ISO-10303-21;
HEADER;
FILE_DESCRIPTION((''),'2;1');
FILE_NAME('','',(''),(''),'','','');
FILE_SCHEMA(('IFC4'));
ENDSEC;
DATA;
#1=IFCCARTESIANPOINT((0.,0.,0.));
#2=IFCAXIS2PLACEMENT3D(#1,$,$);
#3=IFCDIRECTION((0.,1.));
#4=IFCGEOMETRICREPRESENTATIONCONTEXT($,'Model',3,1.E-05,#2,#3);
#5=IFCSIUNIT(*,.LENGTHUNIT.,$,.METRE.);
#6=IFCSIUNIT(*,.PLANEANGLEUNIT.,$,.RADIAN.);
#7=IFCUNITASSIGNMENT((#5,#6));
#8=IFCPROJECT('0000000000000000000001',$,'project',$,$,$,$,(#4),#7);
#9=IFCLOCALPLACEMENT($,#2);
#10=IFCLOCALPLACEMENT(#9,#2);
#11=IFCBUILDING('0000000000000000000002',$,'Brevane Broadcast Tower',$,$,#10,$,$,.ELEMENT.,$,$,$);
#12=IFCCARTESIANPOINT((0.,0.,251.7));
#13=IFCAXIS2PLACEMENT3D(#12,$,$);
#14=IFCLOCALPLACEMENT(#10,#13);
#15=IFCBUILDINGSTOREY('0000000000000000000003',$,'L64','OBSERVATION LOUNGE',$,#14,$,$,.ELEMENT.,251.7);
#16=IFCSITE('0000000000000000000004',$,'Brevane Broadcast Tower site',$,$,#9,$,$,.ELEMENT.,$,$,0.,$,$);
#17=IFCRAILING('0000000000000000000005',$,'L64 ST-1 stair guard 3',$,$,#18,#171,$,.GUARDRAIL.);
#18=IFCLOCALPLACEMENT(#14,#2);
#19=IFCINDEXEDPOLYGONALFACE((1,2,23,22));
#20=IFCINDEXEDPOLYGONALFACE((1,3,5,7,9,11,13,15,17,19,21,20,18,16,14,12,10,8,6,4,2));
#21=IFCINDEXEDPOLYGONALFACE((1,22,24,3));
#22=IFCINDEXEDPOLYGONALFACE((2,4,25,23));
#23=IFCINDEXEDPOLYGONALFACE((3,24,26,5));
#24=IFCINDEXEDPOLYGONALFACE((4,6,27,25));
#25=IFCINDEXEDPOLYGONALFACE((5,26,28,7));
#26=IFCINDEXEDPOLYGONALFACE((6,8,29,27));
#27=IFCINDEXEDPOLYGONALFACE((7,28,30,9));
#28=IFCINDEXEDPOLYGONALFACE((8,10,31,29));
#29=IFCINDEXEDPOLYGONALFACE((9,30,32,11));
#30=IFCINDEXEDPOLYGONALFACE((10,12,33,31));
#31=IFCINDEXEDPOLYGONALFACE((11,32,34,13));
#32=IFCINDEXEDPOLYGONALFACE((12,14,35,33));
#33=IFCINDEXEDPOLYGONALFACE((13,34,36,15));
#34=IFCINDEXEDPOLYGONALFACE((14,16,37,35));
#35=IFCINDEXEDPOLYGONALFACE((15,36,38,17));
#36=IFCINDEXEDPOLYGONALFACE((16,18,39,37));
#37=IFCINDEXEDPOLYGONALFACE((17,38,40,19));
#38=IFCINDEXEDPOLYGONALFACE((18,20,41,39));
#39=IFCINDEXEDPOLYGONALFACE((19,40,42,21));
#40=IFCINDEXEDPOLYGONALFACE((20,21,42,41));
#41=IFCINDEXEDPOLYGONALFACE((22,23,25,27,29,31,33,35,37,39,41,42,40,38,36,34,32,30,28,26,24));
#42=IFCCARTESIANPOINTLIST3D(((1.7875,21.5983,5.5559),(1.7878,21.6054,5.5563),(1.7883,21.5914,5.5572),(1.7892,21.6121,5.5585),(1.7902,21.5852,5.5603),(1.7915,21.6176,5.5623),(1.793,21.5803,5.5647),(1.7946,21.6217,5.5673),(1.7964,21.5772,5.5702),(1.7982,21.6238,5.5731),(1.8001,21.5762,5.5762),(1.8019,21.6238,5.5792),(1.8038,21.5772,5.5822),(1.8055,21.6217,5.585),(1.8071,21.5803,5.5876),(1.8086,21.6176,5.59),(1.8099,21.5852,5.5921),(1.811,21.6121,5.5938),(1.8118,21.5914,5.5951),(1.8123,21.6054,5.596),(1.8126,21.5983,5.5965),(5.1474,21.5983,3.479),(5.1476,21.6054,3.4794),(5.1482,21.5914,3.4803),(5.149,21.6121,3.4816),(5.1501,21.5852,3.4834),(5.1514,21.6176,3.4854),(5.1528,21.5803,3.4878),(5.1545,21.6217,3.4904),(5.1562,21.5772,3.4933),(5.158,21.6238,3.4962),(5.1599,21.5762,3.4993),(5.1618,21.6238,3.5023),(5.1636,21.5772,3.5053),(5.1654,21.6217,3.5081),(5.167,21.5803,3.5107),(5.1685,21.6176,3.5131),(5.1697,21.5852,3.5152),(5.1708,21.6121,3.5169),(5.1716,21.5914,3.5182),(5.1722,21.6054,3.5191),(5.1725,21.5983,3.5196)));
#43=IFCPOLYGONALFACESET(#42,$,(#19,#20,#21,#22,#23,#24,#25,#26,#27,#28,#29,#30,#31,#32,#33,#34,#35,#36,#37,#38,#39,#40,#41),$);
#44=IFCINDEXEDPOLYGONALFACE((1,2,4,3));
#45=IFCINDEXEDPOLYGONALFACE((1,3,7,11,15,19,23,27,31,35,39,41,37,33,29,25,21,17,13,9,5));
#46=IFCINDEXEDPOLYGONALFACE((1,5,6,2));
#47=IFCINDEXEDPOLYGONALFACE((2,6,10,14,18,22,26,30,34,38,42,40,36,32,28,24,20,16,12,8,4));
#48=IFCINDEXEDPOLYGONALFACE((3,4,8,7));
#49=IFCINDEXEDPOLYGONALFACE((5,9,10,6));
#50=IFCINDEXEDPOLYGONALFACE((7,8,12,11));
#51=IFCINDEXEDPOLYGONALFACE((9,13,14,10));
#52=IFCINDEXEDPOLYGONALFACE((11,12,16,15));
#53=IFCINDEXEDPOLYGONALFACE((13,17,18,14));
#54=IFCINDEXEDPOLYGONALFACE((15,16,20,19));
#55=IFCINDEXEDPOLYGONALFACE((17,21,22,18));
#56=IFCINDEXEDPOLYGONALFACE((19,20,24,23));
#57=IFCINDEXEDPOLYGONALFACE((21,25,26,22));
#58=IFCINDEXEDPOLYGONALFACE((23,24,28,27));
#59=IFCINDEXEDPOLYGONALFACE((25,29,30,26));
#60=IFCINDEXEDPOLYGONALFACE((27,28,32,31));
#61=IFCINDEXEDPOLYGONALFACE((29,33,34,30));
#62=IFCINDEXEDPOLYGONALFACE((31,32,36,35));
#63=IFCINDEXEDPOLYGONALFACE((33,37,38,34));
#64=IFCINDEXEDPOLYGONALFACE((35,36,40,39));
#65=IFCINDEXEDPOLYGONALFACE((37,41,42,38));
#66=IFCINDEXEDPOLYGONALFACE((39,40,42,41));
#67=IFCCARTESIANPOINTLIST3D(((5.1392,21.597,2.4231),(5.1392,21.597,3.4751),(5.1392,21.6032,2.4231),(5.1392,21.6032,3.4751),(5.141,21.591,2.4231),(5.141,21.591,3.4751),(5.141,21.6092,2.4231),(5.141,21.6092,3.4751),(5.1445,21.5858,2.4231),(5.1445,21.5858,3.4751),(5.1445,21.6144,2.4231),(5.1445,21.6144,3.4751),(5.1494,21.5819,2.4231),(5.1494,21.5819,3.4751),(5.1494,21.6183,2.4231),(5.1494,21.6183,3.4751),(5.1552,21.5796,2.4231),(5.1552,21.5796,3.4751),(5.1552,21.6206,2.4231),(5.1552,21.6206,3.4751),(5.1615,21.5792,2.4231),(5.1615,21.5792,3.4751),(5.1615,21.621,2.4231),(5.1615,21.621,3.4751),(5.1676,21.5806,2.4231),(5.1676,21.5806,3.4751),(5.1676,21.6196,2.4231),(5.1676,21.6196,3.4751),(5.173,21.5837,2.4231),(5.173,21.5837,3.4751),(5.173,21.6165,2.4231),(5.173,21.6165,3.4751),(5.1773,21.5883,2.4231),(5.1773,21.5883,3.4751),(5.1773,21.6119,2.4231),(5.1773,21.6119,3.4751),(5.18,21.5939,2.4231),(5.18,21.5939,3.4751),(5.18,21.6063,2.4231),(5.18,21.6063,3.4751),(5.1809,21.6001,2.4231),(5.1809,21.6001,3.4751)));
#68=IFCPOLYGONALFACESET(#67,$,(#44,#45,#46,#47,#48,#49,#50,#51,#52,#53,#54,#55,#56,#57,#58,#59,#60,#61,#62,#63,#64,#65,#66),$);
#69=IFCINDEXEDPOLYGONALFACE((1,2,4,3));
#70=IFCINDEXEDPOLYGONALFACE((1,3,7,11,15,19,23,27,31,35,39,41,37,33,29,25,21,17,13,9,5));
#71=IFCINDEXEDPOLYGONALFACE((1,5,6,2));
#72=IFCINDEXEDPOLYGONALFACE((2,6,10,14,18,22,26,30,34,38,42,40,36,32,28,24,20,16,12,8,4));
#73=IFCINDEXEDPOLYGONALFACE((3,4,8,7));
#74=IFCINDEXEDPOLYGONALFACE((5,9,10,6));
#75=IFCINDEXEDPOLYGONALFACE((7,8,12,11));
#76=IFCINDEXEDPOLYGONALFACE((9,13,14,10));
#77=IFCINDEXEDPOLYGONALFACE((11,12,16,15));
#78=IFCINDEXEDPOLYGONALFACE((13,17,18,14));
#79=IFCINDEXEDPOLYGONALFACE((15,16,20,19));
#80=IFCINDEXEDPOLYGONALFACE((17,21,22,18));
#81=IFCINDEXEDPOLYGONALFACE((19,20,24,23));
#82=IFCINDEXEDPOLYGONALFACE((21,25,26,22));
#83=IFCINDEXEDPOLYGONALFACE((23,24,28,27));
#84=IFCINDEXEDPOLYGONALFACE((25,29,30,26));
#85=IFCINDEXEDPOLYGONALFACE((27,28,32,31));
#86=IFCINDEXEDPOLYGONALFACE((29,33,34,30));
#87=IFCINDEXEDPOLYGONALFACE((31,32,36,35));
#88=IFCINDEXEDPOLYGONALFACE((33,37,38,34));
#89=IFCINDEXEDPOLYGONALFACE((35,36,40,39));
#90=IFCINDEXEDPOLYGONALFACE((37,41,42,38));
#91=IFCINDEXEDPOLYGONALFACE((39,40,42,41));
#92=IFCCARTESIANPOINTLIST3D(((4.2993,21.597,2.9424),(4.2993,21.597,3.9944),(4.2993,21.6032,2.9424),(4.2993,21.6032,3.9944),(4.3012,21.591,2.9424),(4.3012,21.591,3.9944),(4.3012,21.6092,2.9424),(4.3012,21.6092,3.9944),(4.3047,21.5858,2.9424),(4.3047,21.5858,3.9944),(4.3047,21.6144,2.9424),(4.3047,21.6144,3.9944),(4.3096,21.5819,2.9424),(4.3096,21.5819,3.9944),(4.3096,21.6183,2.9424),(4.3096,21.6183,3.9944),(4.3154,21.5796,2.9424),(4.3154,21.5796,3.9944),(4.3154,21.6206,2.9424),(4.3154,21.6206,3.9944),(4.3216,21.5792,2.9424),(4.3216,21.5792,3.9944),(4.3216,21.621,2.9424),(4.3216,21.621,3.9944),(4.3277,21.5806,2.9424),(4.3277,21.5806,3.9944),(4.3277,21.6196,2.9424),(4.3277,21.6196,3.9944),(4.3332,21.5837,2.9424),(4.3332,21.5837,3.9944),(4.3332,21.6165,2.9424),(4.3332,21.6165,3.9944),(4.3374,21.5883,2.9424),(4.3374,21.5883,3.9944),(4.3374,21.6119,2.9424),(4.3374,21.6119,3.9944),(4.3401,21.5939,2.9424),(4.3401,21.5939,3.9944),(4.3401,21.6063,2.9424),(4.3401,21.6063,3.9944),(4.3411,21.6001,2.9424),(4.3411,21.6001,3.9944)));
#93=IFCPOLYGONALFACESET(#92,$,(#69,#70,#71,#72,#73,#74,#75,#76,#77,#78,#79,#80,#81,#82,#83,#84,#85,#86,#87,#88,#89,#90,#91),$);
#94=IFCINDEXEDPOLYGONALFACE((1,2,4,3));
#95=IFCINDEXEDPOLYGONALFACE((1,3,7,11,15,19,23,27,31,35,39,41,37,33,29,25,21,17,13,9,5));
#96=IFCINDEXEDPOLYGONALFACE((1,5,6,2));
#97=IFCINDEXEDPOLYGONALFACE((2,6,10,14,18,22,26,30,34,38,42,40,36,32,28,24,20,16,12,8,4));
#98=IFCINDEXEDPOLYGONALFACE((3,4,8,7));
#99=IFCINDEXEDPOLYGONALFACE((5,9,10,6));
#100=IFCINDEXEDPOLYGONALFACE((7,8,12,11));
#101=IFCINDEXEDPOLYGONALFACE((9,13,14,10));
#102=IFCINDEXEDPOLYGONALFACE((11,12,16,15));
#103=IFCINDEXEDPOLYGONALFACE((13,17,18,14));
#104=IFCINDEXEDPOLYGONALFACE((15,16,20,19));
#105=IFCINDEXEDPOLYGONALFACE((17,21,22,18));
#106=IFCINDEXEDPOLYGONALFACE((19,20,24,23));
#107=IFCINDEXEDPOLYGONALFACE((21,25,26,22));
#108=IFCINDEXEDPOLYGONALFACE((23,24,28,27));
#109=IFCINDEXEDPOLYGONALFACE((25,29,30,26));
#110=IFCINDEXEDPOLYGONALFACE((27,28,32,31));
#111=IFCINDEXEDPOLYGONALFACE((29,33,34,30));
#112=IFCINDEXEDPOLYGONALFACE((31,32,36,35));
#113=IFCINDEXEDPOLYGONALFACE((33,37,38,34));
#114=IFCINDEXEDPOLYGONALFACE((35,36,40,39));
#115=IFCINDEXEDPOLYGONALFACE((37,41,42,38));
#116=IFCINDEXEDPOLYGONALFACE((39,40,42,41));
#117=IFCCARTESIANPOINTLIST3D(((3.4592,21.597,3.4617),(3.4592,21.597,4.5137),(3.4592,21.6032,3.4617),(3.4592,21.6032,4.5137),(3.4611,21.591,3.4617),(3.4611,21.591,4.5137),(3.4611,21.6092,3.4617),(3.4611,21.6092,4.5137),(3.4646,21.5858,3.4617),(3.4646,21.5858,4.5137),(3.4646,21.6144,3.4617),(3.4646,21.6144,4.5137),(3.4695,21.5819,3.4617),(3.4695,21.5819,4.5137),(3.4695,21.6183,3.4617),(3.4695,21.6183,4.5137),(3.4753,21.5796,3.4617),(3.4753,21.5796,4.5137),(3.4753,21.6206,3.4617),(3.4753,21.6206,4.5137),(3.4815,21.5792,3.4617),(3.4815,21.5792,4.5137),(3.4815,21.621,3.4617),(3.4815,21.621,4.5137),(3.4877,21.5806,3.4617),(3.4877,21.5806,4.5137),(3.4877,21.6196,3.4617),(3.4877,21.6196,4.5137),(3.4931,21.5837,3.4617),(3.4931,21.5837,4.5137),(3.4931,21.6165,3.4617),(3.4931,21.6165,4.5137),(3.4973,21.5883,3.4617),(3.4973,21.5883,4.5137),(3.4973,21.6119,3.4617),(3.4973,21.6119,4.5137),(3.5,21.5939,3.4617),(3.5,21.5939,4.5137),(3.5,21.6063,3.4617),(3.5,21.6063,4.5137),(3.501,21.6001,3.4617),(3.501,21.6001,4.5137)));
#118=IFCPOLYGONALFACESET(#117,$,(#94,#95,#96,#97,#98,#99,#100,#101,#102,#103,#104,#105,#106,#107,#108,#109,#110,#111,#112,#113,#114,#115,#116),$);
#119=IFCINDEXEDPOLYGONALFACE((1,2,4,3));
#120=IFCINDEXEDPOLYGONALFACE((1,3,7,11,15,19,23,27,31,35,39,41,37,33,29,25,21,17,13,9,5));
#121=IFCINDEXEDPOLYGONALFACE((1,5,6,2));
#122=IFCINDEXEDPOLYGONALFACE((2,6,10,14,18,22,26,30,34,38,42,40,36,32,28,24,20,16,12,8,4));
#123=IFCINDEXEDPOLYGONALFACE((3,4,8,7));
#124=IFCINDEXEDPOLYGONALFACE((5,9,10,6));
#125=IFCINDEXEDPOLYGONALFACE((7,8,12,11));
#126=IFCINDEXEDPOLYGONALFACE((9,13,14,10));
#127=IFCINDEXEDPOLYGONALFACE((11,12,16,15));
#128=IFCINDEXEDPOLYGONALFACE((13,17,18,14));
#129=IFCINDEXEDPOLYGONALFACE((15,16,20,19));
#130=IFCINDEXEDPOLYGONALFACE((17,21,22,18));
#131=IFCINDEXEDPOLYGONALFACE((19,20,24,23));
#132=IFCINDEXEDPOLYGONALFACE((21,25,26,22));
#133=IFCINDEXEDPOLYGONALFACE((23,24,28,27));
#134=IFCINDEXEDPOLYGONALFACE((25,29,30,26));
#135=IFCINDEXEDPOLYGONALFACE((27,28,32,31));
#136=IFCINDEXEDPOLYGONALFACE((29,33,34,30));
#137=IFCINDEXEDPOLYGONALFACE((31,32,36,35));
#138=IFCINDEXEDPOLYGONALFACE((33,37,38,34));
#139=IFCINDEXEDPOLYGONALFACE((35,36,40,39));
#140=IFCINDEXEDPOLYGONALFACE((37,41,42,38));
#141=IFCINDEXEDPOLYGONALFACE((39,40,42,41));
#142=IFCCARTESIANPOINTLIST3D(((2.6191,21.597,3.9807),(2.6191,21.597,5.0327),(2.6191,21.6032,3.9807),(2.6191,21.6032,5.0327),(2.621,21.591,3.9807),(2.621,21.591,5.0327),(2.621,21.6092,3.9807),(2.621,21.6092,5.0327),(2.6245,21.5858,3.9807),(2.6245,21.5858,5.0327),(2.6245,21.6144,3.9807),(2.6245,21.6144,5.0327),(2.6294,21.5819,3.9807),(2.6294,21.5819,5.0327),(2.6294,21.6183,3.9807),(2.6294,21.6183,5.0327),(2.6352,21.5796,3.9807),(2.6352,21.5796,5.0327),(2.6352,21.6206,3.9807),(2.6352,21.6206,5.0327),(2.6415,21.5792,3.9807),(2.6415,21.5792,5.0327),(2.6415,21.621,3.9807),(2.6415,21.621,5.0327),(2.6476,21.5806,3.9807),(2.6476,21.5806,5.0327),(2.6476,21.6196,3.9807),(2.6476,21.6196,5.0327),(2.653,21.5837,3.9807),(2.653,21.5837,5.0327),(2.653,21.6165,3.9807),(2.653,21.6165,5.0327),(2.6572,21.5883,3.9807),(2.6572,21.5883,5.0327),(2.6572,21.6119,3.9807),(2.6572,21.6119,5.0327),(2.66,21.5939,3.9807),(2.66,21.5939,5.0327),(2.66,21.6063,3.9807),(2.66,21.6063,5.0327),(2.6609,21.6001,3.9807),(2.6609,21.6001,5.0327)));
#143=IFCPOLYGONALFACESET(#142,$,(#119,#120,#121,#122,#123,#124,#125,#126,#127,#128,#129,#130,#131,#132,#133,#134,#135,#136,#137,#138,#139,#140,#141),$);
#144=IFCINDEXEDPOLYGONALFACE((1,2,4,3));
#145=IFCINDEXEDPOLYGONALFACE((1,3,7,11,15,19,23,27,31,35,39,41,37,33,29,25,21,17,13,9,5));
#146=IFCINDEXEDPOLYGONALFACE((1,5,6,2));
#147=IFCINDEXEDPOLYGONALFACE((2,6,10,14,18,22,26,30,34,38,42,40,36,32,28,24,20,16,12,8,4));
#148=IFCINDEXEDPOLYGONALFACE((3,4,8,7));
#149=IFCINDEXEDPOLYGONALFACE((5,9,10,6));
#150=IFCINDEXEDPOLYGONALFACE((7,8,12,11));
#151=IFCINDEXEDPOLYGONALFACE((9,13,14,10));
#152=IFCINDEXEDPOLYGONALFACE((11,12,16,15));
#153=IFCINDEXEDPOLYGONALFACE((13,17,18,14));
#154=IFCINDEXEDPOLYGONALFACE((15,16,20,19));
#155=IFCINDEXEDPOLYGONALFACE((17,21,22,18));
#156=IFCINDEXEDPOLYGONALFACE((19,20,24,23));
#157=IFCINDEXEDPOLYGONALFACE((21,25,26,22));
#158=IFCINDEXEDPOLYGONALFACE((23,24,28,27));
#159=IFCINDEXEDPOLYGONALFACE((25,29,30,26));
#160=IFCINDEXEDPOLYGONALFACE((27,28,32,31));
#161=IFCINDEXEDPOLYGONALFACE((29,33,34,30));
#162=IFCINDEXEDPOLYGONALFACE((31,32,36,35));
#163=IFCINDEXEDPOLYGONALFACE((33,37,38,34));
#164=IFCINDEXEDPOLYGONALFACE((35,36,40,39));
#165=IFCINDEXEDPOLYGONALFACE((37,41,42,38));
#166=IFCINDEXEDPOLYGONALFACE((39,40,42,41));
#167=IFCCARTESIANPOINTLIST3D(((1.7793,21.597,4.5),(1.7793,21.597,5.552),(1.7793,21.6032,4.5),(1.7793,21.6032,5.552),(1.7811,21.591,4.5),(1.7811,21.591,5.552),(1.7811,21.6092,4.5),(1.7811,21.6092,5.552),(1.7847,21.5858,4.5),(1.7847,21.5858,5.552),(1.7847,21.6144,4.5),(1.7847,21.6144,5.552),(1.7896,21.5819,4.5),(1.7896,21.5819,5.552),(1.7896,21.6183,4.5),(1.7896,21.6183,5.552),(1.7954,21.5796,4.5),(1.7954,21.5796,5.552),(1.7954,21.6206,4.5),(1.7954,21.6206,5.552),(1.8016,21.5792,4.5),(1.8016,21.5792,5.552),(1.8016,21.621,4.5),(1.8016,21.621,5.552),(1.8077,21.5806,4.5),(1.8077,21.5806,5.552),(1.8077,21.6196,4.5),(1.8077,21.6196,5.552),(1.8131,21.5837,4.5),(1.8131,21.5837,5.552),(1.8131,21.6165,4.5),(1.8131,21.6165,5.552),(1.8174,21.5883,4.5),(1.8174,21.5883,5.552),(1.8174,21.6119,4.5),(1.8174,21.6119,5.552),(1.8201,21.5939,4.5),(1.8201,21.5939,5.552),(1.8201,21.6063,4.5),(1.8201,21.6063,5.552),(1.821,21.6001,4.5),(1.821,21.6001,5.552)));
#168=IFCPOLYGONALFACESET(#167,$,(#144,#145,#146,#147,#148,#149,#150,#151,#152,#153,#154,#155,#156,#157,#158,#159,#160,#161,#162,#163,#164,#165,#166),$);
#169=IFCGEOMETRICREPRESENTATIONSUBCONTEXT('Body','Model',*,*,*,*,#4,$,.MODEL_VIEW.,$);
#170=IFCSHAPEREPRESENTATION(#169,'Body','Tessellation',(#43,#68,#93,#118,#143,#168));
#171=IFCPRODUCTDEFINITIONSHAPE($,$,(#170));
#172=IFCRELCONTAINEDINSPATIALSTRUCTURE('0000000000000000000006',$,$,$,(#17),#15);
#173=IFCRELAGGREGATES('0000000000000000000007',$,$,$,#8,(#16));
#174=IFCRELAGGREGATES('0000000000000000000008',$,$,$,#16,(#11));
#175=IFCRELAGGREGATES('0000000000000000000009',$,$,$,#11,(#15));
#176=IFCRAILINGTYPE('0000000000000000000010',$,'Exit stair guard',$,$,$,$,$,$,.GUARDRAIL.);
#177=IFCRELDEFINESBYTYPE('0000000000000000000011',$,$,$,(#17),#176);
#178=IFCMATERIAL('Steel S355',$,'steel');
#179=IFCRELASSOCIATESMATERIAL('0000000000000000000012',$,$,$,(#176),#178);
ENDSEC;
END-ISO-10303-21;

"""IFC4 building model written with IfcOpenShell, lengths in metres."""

from ifc_helpers import new_model, si_unit, direction, frame, origin, origin_2d, place, context, subcontext, project, spatial, circle, extrude, material, type_object, element, save


model = new_model("IFC4")

# Units and contexts
model_context = context("Model", 3, precision=1e-05, world=origin(), true_north=direction((0.0, 1.0)))
body_context = subcontext(model_context, "Body", "Model", "MODEL_VIEW")
ifc_project = project(units=[si_unit("LENGTHUNIT", "METRE"), si_unit("PLANEANGLEUNIT", "RADIAN")], contexts=[model_context])

# Site, building, storey
site_placement = place(None, origin())
site = spatial("IfcSite", under=ifc_project, at=site_placement, Name="Brevane Broadcast Tower site", CompositionType="ELEMENT", RefElevation=0.0)
building_placement = place(site_placement, origin())
building = spatial("IfcBuilding", under=site, at=building_placement, Name="Brevane Broadcast Tower", CompositionType="ELEMENT")
storey_placement = place(building_placement, frame((0.0, 0.0, 251.7)))
storey = spatial("IfcBuildingStorey", under=building, at=storey_placement, Name="L64", Description="OBSERVATION LOUNGE", CompositionType="ELEMENT", Elevation=251.7)

# Railing
ifc_material_1 = material(Name="Steel S355", Category="steel")
railing_type_1 = type_object("IfcRailingType", Name="Exit stair guard", PredefinedType="GUARDRAIL", material=ifc_material_1)
railing_1_placement = place(storey_placement, frame((5.1599, 21.6001, 2.4231)))
element("IfcRailing", 1, at=railing_1_placement, inside=storey, type_object=railing_type_1, Name="L64 ST-1 stair guard 3", PredefinedType="GUARDRAIL", context=body_context, shape_type="SweptSolid", body=[
    extrude(circle(Radius=0.0239, at=origin_2d()), frame((0.0, 0.0, 1.0762), z_axis=(-0.850606, 0.0, 0.525803), x_axis=(0.0, -1.0, 0.0)), (0.0, 0.0, 1.0), 3.95),
    extrude(circle(Radius=0.021, at=origin_2d()), origin(), (0.0, 0.0, 1.0), 1.052),
    extrude(circle(Radius=0.021, at=origin_2d()), frame((-0.8398, 0.0, 0.5193)), (0.0, 0.0, 1.0), 1.052),
    extrude(circle(Radius=0.021, at=origin_2d()), frame((-1.6799, 0.0, 1.0386)), (0.0, 0.0, 1.0), 1.052),
    extrude(circle(Radius=0.021, at=origin_2d()), frame((-2.52, 0.0, 1.5576)), (0.0, 0.0, 1.0), 1.052),
    extrude(circle(Radius=0.021, at=origin_2d()), frame((-3.3599, 0.0, 2.0769)), (0.0, 0.0, 1.0), 1.052),
])

save(model, "model.ifc")
